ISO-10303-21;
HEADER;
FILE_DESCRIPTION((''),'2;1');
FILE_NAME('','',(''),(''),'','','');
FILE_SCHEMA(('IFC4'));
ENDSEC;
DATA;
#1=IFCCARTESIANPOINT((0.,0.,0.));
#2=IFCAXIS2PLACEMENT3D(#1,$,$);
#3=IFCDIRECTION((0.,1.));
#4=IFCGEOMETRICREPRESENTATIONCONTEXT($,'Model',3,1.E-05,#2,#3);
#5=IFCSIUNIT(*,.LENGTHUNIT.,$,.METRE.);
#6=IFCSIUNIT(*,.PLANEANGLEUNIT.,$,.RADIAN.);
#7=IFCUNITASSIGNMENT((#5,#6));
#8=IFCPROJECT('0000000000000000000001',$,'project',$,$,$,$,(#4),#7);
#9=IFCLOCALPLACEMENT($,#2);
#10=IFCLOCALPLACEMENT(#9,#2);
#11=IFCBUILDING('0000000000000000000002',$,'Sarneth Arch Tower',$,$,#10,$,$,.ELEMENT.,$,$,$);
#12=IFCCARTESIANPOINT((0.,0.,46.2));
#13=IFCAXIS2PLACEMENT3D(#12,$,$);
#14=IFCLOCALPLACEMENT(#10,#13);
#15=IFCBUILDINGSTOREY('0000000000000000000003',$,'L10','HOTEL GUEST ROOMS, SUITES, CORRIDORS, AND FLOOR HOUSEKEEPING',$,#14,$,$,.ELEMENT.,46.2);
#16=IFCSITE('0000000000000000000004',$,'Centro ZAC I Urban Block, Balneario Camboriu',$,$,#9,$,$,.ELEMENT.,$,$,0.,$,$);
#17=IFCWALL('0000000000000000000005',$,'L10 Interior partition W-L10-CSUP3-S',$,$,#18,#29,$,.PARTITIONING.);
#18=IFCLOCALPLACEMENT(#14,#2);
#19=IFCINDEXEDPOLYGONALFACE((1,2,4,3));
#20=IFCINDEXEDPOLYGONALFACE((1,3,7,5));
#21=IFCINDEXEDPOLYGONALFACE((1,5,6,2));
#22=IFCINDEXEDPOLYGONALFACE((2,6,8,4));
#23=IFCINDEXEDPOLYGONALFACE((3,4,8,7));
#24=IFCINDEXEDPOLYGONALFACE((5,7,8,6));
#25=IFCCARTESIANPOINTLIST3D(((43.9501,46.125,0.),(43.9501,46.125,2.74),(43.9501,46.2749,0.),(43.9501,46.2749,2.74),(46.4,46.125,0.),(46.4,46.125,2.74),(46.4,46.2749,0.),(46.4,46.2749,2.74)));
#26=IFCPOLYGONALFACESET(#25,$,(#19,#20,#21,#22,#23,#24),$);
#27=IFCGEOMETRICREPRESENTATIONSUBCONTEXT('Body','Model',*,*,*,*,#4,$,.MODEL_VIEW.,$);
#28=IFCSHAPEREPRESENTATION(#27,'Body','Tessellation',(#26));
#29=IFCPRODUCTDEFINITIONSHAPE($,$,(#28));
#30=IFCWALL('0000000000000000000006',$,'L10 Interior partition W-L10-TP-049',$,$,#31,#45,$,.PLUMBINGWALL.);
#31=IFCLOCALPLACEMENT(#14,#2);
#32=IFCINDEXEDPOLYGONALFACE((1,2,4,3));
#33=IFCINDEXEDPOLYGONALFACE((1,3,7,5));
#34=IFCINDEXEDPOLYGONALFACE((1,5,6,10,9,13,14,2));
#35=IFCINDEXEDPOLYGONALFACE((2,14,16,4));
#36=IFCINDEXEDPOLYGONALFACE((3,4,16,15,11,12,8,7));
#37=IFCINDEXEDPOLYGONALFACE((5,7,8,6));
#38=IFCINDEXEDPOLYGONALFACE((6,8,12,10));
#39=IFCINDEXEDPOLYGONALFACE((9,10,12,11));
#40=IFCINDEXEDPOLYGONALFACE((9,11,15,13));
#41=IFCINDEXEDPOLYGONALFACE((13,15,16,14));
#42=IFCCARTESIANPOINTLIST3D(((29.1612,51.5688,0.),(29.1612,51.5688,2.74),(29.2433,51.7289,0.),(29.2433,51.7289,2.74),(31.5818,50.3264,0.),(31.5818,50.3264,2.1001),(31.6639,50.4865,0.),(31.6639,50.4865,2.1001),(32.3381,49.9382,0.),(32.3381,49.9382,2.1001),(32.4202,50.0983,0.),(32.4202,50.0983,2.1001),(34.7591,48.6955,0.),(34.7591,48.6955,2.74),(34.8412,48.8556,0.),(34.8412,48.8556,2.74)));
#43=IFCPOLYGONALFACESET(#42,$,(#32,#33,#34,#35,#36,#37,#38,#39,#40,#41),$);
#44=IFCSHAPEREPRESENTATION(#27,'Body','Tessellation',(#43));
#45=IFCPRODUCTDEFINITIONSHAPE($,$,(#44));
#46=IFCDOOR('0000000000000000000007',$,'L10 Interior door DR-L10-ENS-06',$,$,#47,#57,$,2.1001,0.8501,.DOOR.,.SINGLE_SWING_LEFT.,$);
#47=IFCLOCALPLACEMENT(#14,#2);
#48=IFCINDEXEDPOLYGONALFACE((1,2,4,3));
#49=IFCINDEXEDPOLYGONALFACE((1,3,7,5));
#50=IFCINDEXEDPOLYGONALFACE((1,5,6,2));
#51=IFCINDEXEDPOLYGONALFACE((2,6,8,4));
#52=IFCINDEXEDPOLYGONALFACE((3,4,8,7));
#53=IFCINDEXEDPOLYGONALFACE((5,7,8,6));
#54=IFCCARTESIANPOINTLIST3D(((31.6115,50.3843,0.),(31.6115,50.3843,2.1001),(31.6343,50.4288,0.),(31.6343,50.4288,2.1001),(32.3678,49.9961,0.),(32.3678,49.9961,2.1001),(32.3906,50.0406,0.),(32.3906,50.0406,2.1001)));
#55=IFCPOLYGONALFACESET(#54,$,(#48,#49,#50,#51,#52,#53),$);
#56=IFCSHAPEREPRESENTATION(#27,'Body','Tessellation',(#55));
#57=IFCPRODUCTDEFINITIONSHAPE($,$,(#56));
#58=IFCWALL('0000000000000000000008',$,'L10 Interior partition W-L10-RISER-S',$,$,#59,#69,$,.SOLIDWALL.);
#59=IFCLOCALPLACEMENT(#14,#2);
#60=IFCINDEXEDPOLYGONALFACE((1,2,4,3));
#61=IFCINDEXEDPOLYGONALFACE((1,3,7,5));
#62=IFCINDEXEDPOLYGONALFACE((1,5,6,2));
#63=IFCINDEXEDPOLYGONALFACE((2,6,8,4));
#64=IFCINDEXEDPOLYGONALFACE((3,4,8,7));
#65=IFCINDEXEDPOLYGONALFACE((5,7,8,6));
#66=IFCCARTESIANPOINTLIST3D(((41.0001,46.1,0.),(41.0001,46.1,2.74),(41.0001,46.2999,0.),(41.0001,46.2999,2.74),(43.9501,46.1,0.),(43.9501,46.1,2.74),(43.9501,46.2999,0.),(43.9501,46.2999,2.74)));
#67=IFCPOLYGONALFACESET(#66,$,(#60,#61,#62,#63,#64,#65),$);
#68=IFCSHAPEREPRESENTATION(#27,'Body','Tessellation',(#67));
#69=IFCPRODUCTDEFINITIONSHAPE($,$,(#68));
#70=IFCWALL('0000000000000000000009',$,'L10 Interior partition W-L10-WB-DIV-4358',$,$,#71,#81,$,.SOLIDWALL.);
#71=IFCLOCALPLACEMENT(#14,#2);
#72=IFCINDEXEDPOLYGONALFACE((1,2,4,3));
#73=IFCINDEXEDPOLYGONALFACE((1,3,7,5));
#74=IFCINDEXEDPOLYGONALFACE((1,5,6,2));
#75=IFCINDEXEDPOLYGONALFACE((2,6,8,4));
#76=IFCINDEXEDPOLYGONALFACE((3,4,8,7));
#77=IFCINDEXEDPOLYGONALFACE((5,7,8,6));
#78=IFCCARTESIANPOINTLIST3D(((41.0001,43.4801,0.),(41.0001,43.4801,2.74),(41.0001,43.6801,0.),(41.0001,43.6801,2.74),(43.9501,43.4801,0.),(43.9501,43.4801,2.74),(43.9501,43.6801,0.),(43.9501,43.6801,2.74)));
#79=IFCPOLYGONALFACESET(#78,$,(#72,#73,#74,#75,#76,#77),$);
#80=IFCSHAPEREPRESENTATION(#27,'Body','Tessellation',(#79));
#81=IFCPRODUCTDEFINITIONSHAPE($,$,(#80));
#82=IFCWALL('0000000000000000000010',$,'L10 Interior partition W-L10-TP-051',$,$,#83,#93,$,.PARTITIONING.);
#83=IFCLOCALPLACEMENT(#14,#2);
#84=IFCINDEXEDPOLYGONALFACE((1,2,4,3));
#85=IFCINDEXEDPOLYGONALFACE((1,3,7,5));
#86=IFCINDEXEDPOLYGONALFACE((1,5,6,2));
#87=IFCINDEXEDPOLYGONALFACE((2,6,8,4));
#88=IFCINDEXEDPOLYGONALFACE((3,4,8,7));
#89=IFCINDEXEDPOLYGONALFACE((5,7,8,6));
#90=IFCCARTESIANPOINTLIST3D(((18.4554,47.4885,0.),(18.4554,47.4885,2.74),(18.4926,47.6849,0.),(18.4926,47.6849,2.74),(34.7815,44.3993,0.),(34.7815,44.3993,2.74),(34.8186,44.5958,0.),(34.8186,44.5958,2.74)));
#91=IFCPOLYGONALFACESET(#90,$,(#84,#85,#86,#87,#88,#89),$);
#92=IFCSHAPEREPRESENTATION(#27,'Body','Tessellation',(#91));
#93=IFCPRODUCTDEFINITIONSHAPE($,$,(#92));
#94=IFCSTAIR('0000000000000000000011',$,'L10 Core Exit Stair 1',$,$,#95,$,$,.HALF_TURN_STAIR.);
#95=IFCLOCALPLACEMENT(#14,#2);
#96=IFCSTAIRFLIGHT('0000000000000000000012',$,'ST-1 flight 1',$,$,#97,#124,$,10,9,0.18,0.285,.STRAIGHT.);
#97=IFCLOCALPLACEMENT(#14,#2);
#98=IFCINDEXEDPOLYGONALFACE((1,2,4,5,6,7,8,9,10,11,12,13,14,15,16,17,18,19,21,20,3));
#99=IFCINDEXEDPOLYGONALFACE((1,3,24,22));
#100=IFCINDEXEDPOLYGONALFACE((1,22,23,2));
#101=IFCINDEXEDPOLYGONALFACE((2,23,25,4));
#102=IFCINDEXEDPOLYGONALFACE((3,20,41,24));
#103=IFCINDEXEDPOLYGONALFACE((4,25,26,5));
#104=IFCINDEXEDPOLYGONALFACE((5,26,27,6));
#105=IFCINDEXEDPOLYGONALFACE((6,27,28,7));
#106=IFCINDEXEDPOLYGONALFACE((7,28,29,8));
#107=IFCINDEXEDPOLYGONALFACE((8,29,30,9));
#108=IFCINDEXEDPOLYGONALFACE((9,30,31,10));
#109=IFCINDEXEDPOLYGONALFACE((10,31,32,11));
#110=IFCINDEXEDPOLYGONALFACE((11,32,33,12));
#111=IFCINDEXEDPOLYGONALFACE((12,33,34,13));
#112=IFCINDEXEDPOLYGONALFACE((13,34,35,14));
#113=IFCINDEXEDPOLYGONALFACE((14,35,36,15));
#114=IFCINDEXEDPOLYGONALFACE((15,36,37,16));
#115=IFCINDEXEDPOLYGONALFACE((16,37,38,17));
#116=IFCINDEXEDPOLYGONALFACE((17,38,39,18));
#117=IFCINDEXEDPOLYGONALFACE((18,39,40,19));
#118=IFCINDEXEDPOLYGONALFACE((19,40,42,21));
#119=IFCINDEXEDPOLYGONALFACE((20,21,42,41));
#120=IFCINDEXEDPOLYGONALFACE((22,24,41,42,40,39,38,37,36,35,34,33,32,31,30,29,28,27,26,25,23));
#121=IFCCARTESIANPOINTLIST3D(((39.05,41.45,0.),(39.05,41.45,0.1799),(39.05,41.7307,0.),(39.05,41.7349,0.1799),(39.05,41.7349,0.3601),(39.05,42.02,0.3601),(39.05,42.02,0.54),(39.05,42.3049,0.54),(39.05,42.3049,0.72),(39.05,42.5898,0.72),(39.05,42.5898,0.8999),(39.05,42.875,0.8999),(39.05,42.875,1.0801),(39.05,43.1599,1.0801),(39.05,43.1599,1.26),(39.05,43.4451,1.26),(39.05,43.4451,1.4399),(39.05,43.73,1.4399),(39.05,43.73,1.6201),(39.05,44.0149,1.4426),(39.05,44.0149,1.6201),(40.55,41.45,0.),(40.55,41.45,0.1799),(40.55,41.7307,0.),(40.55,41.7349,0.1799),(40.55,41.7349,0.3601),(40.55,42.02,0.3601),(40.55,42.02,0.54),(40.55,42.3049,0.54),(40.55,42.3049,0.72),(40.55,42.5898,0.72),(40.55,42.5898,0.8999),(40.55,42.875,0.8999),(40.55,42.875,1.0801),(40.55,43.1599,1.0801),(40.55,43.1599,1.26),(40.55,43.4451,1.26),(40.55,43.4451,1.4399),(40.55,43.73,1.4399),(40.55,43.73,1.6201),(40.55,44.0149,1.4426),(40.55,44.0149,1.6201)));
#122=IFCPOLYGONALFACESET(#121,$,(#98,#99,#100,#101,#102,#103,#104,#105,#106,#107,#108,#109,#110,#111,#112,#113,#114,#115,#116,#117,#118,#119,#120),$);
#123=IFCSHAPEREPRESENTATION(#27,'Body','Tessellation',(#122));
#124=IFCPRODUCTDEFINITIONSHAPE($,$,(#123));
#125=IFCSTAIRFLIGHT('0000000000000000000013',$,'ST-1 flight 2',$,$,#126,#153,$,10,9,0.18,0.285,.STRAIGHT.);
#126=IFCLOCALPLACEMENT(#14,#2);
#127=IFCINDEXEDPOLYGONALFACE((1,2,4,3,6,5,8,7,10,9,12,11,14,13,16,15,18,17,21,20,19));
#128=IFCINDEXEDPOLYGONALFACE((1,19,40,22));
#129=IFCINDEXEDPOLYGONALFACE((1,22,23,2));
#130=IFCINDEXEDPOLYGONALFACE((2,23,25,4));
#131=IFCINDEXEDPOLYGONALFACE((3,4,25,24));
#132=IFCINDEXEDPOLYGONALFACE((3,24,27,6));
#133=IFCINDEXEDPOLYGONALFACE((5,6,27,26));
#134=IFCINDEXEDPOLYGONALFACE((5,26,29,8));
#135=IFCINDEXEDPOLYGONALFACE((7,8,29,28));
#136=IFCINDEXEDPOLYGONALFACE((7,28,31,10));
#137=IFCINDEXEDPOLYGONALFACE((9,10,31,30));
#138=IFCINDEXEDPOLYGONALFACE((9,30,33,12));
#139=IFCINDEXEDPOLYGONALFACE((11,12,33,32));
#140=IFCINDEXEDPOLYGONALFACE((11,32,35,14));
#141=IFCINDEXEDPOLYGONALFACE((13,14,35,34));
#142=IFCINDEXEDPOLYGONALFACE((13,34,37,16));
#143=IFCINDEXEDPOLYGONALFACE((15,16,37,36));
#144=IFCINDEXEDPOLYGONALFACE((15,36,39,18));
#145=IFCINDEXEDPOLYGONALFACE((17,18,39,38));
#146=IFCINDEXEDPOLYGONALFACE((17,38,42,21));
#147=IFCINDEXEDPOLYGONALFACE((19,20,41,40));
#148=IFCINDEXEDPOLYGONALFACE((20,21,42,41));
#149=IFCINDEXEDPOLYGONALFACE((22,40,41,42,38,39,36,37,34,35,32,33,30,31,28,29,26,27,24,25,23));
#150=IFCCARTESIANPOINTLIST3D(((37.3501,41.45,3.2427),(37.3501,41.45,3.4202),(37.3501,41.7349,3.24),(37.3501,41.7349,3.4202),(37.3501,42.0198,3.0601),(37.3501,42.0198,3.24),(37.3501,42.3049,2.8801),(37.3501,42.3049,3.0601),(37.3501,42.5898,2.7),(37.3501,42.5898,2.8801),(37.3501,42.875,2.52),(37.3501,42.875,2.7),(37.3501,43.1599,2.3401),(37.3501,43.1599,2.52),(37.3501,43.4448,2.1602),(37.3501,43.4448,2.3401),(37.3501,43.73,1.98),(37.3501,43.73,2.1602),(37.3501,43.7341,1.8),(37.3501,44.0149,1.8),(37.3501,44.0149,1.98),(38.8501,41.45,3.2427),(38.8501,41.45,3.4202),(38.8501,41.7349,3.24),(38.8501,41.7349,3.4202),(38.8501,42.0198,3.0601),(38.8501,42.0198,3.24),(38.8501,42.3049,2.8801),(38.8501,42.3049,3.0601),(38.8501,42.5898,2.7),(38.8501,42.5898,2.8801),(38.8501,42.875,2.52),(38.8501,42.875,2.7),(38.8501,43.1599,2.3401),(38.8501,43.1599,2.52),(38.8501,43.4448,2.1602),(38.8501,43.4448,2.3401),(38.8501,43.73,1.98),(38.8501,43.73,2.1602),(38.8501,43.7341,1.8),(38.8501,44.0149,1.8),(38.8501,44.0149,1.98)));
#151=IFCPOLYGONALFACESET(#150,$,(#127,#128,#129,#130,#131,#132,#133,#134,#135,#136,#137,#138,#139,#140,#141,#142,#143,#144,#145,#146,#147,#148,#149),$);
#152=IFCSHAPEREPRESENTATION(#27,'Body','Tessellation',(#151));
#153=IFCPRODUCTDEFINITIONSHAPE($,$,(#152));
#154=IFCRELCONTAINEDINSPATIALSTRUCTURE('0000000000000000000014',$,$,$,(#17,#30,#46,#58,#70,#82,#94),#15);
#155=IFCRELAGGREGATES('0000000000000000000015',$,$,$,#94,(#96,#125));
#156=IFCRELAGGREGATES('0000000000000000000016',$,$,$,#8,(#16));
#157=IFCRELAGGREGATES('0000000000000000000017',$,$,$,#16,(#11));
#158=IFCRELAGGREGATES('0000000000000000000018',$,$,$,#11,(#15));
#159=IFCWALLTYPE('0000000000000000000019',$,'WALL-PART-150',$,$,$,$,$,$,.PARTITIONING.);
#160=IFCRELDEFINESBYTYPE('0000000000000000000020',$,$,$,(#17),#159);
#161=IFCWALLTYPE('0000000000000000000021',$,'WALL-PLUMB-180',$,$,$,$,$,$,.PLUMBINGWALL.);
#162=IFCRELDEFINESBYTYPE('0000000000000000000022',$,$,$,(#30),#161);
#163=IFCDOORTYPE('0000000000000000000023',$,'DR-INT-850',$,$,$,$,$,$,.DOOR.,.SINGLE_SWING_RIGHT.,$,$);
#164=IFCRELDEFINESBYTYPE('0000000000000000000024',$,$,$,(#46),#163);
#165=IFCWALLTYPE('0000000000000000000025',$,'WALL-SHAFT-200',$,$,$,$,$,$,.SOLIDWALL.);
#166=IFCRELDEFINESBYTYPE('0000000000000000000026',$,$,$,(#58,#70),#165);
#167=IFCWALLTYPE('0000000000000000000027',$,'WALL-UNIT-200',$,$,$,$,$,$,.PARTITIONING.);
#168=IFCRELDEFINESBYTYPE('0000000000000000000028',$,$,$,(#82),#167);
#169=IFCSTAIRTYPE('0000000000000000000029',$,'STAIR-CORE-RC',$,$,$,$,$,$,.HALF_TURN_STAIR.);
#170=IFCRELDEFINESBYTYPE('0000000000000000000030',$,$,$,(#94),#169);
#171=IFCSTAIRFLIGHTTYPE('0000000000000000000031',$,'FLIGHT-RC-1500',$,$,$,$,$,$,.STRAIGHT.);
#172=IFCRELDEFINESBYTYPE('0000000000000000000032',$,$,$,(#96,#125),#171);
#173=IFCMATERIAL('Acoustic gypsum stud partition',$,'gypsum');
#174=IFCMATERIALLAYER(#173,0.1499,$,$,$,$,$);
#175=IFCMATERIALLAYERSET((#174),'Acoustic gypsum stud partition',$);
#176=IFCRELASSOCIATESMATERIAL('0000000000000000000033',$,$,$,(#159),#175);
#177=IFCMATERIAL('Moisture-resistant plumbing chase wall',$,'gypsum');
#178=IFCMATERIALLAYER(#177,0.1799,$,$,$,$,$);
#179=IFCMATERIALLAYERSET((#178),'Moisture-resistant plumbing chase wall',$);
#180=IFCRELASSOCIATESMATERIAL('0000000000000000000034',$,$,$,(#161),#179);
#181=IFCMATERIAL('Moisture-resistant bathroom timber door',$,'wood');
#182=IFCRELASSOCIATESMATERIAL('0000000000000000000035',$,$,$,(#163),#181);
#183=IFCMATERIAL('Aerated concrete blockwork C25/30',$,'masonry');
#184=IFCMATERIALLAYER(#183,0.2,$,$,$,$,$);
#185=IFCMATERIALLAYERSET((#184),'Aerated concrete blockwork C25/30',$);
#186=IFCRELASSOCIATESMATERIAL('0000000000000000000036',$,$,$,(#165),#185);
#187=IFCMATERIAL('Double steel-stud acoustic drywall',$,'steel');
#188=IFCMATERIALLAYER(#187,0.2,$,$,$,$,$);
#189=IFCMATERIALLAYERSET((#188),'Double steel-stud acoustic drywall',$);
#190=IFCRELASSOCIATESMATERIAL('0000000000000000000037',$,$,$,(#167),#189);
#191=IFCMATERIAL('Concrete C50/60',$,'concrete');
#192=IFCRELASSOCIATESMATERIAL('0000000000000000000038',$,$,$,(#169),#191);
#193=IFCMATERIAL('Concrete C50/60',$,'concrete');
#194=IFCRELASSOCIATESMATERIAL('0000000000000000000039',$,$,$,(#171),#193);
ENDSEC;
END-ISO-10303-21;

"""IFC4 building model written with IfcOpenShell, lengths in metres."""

from ifc_helpers import new_model, si_unit, direction, frame, frame_2d, origin, place, context, subcontext, project, spatial, polyline, rectangle, outline, extrude, material, layer, layer_set, type_object, element, fill, aggregate, save


model = new_model("IFC4")

# Units and contexts
model_context = context("Model", 3, precision=1e-05, world=origin(), true_north=direction((0.0, 1.0)))
body_context = subcontext(model_context, "Body", "Model", "MODEL_VIEW")
ifc_project = project(units=[si_unit("LENGTHUNIT", "METRE"), si_unit("PLANEANGLEUNIT", "RADIAN")], contexts=[model_context])

# Site, building, storey
site_placement = place(None, origin())
site = spatial("IfcSite", under=ifc_project, at=site_placement, Name="Centro ZAC I Urban Block, Balneario Camboriu", CompositionType="ELEMENT", RefElevation=0.0)
building_placement = place(site_placement, origin())
building = spatial("IfcBuilding", under=site, at=building_placement, Name="Sarneth Arch Tower", CompositionType="ELEMENT")
storey_placement = place(building_placement, frame((0.0, 0.0, 46.2)))
storey = spatial("IfcBuildingStorey", under=building, at=storey_placement, Name="L10", Description="HOTEL GUEST ROOMS, SUITES, CORRIDORS, AND FLOOR HOUSEKEEPING", CompositionType="ELEMENT", Elevation=46.2)

# Wall
ifc_material_1 = material(Name="Acoustic gypsum stud partition", Category="gypsum")
ifc_layer_1 = layer(ifc_material_1, 0.1499)
ifc_layer_set_1 = layer_set([ifc_layer_1], Name="Acoustic gypsum stud partition")
wall_type_1 = type_object("IfcWallType", Name="WALL-PART-150", PredefinedType="PARTITIONING", material=ifc_layer_set_1)
wall_1_placement = place(storey_placement, frame((43.95, 46.2, 0.0), z_axis=(0.0, 0.0, 1.0), x_axis=(1.0, 0.0, 0.0)))
element("IfcWall", 1, at=wall_1_placement, inside=storey, type_object=wall_type_1, Name="L10 Interior partition W-L10-CSUP3-S", PredefinedType="PARTITIONING", context=body_context, shape_type="SweptSolid", body=[
    extrude(rectangle(XDim=2.45, YDim=0.1499, at=frame_2d((1.2251, 0.0))), origin(), (0.0, 0.0, 1.0), 2.74),
])

# Wall, opening, door
ifc_material_2 = material(Name="Moisture-resistant plumbing chase wall", Category="gypsum")
ifc_layer_2 = layer(ifc_material_2, 0.1799)
ifc_layer_set_2 = layer_set([ifc_layer_2], Name="Moisture-resistant plumbing chase wall")
wall_type_2 = type_object("IfcWallType", Name="WALL-PLUMB-180", PredefinedType="PLUMBINGWALL", material=ifc_layer_set_2)
wall_2_placement = place(storey_placement, frame((34.8, 48.7756, 0.0), z_axis=(0.0, 0.0, 1.0), x_axis=(-0.889651, 0.45664, 0.0)))
wall_2 = element("IfcWall", 2, at=wall_2_placement, inside=storey, type_object=wall_type_2, Name="L10 Interior partition W-L10-TP-049", PredefinedType="PLUMBINGWALL", context=body_context, shape_type="SweptSolid", body=[
    extrude(rectangle(XDim=6.2922, YDim=0.1799, at=frame_2d((3.146, 0.0))), origin(), (0.0, 0.0, 1.0), 2.74),
])
opening_1_placement = place(wall_2_placement, frame((2.7212, 0.0, 0.0)))
opening_1 = element("IfcOpeningElement", 3, at=opening_1_placement, cuts=wall_2, PredefinedType="OPENING", context=body_context, shape_type="SweptSolid", body=[
    extrude(rectangle(XDim=0.8501, YDim=2.1001, at=frame_2d((0.425, 1.05))), frame((0.0, 0.0999, 0.0), z_axis=(0.0, -1.0, 0.0), x_axis=(1.0, 0.0, 0.0)), (0.0, 0.0, 1.0), 0.2),
])
ifc_material_3 = material(Name="Moisture-resistant bathroom timber door", Category="wood")
door_type_1 = type_object("IfcDoorType", Name="DR-INT-850", OperationType="SINGLE_SWING_RIGHT", PredefinedType="DOOR", material=ifc_material_3)
door_1_placement = place(opening_1_placement, origin())
door_1 = element("IfcDoor", 4, at=door_1_placement, inside=storey, type_object=door_type_1, Name="L10 Interior door DR-L10-ENS-06", OperationType="SINGLE_SWING_LEFT", OverallHeight=2.1001, OverallWidth=0.8501, PredefinedType="DOOR", context=body_context, shape_type="SweptSolid", body=[
    extrude(rectangle(XDim=0.8501, YDim=2.1001, at=frame_2d((0.425, 1.05))), frame((0.0, 0.0249, 0.0), z_axis=(0.0, -1.0, 0.0), x_axis=(1.0, 0.0, 0.0)), (0.0, 0.0, 1.0), 0.05),
])
fill(opening_1, door_1)

# Wall
ifc_material_4 = material(Name="Aerated concrete blockwork C25/30", Category="masonry")
ifc_layer_3 = layer(ifc_material_4, 0.2)
ifc_layer_set_3 = layer_set([ifc_layer_3], Name="Aerated concrete blockwork C25/30")
wall_type_3 = type_object("IfcWallType", Name="WALL-SHAFT-200", PredefinedType="SOLIDWALL", material=ifc_layer_set_3)
wall_3_placement = place(storey_placement, frame((41.0, 46.2, 0.0), z_axis=(0.0, 0.0, 1.0), x_axis=(1.0, 0.0, 0.0)))
element("IfcWall", 5, at=wall_3_placement, inside=storey, type_object=wall_type_3, Name="L10 Interior partition W-L10-RISER-S", PredefinedType="SOLIDWALL", context=body_context, shape_type="SweptSolid", body=[
    extrude(rectangle(XDim=2.95, YDim=0.2, at=frame_2d((1.4751, 0.0))), origin(), (0.0, 0.0, 1.0), 2.74),
])

# Walls
wall_4_placement = place(storey_placement, frame((41.0, 43.5801, 0.0), z_axis=(0.0, 0.0, 1.0), x_axis=(1.0, 0.0, 0.0)))
element("IfcWall", 6, at=wall_4_placement, inside=storey, type_object=wall_type_3, Name="L10 Interior partition W-L10-WB-DIV-4358", PredefinedType="SOLIDWALL", context=body_context, shape_type="SweptSolid", body=[
    extrude(rectangle(XDim=2.95, YDim=0.2, at=frame_2d((1.4751, 0.0))), origin(), (0.0, 0.0, 1.0), 2.74),
])
ifc_material_5 = material(Name="Double steel-stud acoustic drywall", Category="steel")
ifc_layer_4 = layer(ifc_material_5, 0.2)
ifc_layer_set_4 = layer_set([ifc_layer_4], Name="Double steel-stud acoustic drywall")
wall_type_4 = type_object("IfcWallType", Name="WALL-UNIT-200", PredefinedType="PARTITIONING", material=ifc_layer_set_4)
wall_5_placement = place(storey_placement, frame((34.8, 44.4976, 0.0), z_axis=(0.0, 0.0, 1.0), x_axis=(-0.982566, 0.185916, 0.0)))
element("IfcWall", 7, at=wall_5_placement, inside=storey, type_object=wall_type_4, Name="L10 Interior partition W-L10-TP-051", PredefinedType="PARTITIONING", context=body_context, shape_type="SweptSolid", body=[
    extrude(rectangle(XDim=16.6157, YDim=0.2, at=frame_2d((8.3079, 0.0))), origin(), (0.0, 0.0, 1.0), 2.74),
])

# Stair, stair flights
ifc_material_6 = material(Name="Concrete C50/60", Category="concrete")
stair_type = type_object("IfcStairType", Name="STAIR-CORE-RC", PredefinedType="HALF_TURN_STAIR", material=ifc_material_6)
stair_placement = place(storey_placement, origin())
stair = element("IfcStair", 8, at=stair_placement, inside=storey, type_object=stair_type, Name="L10 Core Exit Stair 1", PredefinedType="HALF_TURN_STAIR")
ifc_material_7 = material(Name="Concrete C50/60", Category="concrete")
stair_flight_type = type_object("IfcStairFlightType", Name="FLIGHT-RC-1500", PredefinedType="STRAIGHT", material=ifc_material_7)
stair_flight_1_placement = place(storey_placement, frame((39.8, 41.45, 0.0), z_axis=(0.0, 0.0, 1.0), x_axis=(0.0, 1.0, 0.0)))
stair_flight_1 = element("IfcStairFlight", 9, at=stair_flight_1_placement, type_object=stair_flight_type, Name="ST-1 flight 1", NumberOfRisers=10, NumberOfTreads=9, PredefinedType="STRAIGHT", RiserHeight=0.18, TreadLength=0.285, context=body_context, shape_type="SweptSolid", body=[
    extrude(outline(polyline([(0.0, 0.0), (0.0, 0.1799), (0.2849, 0.1799), (0.2849, 0.3601), (0.5701, 0.3601), (0.5701, 0.54), (0.855, 0.54), (0.855, 0.72), (1.1399, 0.72), (1.1399, 0.8999), (1.425, 0.8999), (1.425, 1.0801), (1.71, 1.0801), (1.71, 1.26), (1.9951, 1.26), (1.9951, 1.4399), (2.28, 1.4399), (2.28, 1.6201), (2.5649, 1.6201), (2.5649, 1.8), (2.5649, 1.4426), (0.2808, 0.0), (0.0, 0.0)])), frame((0.0, 0.75, 0.0), z_axis=(0.0, -1.0, 0.0), x_axis=(1.0, 0.0, 0.0)), (0.0, 0.0, 1.0), 1.5),
])
stair_flight_2_placement = place(storey_placement, frame((38.1001, 44.0149, 1.8), z_axis=(0.0, 0.0, 1.0), x_axis=(0.0, -1.0, 0.0)))
stair_flight_2 = element("IfcStairFlight", 10, at=stair_flight_2_placement, type_object=stair_flight_type, Name="ST-1 flight 2", NumberOfRisers=10, NumberOfTreads=9, PredefinedType="STRAIGHT", RiserHeight=0.18, TreadLength=0.285, context=body_context, shape_type="SweptSolid", body=[
    extrude(outline(polyline([(0.0, 0.0), (0.0, 0.1799), (0.2849, 0.1799), (0.2849, 0.3601), (0.5701, 0.3601), (0.5701, 0.54), (0.855, 0.54), (0.855, 0.72), (1.1399, 0.72), (1.1399, 0.8999), (1.425, 0.8999), (1.425, 1.0801), (1.71, 1.0801), (1.71, 1.26), (1.9951, 1.26), (1.9951, 1.4399), (2.28, 1.4399), (2.28, 1.6201), (2.5649, 1.6201), (2.5649, 1.8), (2.5649, 1.4426), (0.2808, 0.0), (0.0, 0.0)])), frame((0.0, 0.75, 0.0), z_axis=(0.0, -1.0, 0.0), x_axis=(1.0, 0.0, 0.0)), (0.0, 0.0, 1.0), 1.5),
])
aggregate(stair, [stair_flight_1, stair_flight_2])

save(model, "model.ifc")
